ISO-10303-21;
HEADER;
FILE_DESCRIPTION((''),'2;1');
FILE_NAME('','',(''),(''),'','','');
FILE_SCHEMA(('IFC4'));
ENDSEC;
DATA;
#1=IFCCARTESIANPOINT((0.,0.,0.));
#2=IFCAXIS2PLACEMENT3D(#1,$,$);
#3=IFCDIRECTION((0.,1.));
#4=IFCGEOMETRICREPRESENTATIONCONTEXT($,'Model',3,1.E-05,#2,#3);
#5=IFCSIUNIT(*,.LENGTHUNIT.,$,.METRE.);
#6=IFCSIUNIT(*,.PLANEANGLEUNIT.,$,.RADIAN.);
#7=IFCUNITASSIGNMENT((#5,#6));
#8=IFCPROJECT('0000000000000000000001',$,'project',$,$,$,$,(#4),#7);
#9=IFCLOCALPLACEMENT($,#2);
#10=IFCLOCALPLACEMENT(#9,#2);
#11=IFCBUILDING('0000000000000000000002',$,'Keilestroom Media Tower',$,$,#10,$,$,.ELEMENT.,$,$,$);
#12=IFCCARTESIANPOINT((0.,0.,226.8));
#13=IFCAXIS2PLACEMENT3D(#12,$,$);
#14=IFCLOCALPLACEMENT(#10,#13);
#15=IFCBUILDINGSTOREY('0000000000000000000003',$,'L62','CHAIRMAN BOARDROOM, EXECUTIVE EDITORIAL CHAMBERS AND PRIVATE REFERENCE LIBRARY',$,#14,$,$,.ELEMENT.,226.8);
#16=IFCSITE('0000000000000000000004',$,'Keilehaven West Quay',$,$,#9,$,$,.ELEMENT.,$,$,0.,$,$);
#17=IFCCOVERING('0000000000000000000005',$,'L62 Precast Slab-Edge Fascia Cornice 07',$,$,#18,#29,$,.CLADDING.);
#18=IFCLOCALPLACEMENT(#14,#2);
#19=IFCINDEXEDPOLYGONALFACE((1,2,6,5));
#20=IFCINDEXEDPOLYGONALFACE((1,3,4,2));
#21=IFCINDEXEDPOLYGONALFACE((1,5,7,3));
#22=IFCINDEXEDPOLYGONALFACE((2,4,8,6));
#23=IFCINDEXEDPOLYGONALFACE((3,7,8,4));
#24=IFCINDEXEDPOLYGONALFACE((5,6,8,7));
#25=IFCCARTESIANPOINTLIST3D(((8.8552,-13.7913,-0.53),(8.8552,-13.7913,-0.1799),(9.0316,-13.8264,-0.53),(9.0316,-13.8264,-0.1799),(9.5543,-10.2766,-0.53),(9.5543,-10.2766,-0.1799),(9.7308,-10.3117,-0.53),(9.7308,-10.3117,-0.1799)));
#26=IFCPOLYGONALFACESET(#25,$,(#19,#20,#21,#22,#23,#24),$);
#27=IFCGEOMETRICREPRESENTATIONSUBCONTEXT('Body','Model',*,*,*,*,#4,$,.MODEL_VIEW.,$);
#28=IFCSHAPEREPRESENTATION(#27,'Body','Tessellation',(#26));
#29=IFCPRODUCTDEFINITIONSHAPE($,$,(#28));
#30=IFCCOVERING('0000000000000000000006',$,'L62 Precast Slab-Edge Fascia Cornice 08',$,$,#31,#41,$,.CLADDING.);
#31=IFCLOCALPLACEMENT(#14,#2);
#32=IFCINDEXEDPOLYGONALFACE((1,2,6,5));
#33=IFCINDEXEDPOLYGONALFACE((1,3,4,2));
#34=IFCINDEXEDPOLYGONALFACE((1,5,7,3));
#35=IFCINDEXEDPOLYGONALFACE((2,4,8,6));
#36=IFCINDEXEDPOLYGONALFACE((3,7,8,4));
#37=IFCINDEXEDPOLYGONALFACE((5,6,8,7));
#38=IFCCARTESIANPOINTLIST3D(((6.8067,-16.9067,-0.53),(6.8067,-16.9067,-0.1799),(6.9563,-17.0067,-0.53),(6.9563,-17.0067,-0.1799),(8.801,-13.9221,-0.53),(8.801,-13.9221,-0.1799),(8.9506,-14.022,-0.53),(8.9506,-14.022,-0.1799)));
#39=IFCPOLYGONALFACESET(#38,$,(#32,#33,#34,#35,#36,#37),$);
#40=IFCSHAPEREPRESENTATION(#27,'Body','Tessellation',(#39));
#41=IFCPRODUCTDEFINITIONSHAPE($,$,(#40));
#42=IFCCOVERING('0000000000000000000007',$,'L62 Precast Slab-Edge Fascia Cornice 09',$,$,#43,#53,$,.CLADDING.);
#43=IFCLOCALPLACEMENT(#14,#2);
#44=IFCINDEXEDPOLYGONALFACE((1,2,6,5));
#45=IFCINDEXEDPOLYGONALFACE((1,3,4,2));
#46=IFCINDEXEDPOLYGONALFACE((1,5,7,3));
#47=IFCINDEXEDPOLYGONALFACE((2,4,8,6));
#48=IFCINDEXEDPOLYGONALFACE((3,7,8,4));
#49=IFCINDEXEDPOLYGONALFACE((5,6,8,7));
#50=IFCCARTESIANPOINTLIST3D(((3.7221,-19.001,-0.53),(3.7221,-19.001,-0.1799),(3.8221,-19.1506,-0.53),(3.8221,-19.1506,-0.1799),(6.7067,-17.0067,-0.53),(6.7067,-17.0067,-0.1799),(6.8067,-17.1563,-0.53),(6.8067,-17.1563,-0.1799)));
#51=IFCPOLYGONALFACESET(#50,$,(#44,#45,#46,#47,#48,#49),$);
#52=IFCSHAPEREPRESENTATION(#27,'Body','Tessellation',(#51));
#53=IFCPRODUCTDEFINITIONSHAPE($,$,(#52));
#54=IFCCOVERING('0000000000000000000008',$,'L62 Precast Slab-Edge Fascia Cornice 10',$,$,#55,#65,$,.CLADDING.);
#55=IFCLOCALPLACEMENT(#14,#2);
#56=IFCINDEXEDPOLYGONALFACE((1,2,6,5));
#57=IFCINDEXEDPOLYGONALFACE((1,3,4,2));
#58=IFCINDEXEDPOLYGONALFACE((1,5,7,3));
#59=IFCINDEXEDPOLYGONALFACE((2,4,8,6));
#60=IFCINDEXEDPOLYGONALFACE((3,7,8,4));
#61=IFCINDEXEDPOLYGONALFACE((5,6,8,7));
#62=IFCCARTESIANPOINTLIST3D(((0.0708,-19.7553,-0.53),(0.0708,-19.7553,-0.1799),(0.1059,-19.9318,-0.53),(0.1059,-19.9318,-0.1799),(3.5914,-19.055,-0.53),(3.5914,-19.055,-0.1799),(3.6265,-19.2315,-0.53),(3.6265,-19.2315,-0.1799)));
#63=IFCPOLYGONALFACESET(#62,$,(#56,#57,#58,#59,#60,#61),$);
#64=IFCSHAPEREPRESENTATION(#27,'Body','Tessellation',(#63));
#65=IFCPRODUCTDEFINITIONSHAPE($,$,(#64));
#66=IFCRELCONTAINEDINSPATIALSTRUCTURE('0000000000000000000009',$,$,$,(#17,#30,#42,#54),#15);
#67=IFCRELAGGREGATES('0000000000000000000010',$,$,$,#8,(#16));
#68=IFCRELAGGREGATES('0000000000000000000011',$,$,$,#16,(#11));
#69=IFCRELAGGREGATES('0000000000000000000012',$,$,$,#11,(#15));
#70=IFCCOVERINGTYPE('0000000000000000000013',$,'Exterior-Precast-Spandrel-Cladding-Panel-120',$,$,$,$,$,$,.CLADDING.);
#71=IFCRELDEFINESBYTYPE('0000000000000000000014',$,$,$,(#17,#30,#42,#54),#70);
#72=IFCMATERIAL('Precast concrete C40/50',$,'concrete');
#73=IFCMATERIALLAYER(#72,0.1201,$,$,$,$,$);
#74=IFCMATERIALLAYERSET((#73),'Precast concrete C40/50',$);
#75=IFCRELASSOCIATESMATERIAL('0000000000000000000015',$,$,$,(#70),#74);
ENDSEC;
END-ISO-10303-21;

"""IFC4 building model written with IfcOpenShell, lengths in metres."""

from ifc_helpers import new_model, si_unit, direction, frame, origin, origin_2d, place, context, subcontext, project, spatial, rectangle, extrude, source, transform, mapped, material, layer, layer_set, type_object, element, save


model = new_model("IFC4")

# Units and contexts
model_context = context("Model", 3, precision=1e-05, world=origin(), true_north=direction((0.0, 1.0)))
body_context = subcontext(model_context, "Body", "Model", "MODEL_VIEW")
ifc_project = project(units=[si_unit("LENGTHUNIT", "METRE"), si_unit("PLANEANGLEUNIT", "RADIAN")], contexts=[model_context])

# Site, building, storey
site_placement = place(None, origin())
site = spatial("IfcSite", under=ifc_project, at=site_placement, Name="Keilehaven West Quay", CompositionType="ELEMENT", RefElevation=0.0)
building_placement = place(site_placement, origin())
building = spatial("IfcBuilding", under=site, at=building_placement, Name="Keilestroom Media Tower", CompositionType="ELEMENT")
storey_placement = place(building_placement, frame((0.0, 0.0, 226.8)))
storey = spatial("IfcBuildingStorey", under=building, at=storey_placement, Name="L62", Description="CHAIRMAN BOARDROOM, EXECUTIVE EDITORIAL CHAMBERS AND PRIVATE REFERENCE LIBRARY", CompositionType="ELEMENT", Elevation=226.8)

# Shared definitions
ifc_material_1 = material(Name="Precast concrete C40/50", Category="concrete")

# Coverings
ifc_layer_1 = layer(ifc_material_1, 0.1201)
ifc_layer_set_1 = layer_set([ifc_layer_1], Name="Precast concrete C40/50")
covering_type = type_object("IfcCoveringType", Name="Exterior-Precast-Spandrel-Cladding-Panel-120", PredefinedType="CLADDING", material=ifc_layer_set_1)
shared_shape_1 = source(origin(), body_context, "Body", "SweptSolid", [
    extrude(rectangle(XDim=3.5835, YDim=0.1799, at=origin_2d()), origin(), (0.0, 0.0, 1.0), 0.3501),
])
covering_1_placement = place(storey_placement, frame((9.293, -12.0515, -0.53), z_axis=(0.0, 0.0, 1.0), x_axis=(-0.195099, -0.980784, 0.0)))
element("IfcCovering", 1, at=covering_1_placement, inside=storey, type_object=covering_type, Name="L62 Precast Slab-Edge Fascia Cornice 07", PredefinedType="CLADDING", context=body_context, shape_type="MappedRepresentation", body=[
    mapped(shared_shape_1, transform((0.0, 0.0, 0.0), x_axis=(1.0, 0.0, 0.0), y_axis=(0.0, 1.0, 0.0), z_axis=(0.0, 0.0, 1.0), scale=1.0)),
])
shared_shape_2 = source(origin(), body_context, "Body", "SweptSolid", [
    extrude(rectangle(XDim=3.5896, YDim=0.1799, at=origin_2d()), origin(), (0.0, 0.0, 1.0), 0.3501),
])
for number, where, z_axis, x_axis, name in (
    (2, (7.8787, -15.4644, -0.53), (0.0, 0.0, 1.0), (-0.555575, -0.831467, 0.0), "L62 Precast Slab-Edge Fascia Cornice 08"),
    (3, (5.2644, -18.0786, -0.53), (0.0, 0.0, 1.0), (-0.831467, -0.555575, 0.0), "L62 Precast Slab-Edge Fascia Cornice 09"),
    (4, (1.8486, -19.4934, -0.53), (0.0, 0.0, 1.0), (-0.980784, -0.195099, 0.0), "L62 Precast Slab-Edge Fascia Cornice 10"),
):
    element("IfcCovering", number, at=place(storey_placement, frame(where, z_axis=z_axis, x_axis=x_axis)), inside=storey, type_object=covering_type, Name=name, PredefinedType="CLADDING", context=body_context, shape_type="MappedRepresentation", body=[
        mapped(shared_shape_2, transform((0.0, 0.0, 0.0), x_axis=(1.0, 0.0, 0.0), y_axis=(0.0, 1.0, 0.0), z_axis=(0.0, 0.0, 1.0), scale=1.0)),
    ])

save(model, "model.ifc")
